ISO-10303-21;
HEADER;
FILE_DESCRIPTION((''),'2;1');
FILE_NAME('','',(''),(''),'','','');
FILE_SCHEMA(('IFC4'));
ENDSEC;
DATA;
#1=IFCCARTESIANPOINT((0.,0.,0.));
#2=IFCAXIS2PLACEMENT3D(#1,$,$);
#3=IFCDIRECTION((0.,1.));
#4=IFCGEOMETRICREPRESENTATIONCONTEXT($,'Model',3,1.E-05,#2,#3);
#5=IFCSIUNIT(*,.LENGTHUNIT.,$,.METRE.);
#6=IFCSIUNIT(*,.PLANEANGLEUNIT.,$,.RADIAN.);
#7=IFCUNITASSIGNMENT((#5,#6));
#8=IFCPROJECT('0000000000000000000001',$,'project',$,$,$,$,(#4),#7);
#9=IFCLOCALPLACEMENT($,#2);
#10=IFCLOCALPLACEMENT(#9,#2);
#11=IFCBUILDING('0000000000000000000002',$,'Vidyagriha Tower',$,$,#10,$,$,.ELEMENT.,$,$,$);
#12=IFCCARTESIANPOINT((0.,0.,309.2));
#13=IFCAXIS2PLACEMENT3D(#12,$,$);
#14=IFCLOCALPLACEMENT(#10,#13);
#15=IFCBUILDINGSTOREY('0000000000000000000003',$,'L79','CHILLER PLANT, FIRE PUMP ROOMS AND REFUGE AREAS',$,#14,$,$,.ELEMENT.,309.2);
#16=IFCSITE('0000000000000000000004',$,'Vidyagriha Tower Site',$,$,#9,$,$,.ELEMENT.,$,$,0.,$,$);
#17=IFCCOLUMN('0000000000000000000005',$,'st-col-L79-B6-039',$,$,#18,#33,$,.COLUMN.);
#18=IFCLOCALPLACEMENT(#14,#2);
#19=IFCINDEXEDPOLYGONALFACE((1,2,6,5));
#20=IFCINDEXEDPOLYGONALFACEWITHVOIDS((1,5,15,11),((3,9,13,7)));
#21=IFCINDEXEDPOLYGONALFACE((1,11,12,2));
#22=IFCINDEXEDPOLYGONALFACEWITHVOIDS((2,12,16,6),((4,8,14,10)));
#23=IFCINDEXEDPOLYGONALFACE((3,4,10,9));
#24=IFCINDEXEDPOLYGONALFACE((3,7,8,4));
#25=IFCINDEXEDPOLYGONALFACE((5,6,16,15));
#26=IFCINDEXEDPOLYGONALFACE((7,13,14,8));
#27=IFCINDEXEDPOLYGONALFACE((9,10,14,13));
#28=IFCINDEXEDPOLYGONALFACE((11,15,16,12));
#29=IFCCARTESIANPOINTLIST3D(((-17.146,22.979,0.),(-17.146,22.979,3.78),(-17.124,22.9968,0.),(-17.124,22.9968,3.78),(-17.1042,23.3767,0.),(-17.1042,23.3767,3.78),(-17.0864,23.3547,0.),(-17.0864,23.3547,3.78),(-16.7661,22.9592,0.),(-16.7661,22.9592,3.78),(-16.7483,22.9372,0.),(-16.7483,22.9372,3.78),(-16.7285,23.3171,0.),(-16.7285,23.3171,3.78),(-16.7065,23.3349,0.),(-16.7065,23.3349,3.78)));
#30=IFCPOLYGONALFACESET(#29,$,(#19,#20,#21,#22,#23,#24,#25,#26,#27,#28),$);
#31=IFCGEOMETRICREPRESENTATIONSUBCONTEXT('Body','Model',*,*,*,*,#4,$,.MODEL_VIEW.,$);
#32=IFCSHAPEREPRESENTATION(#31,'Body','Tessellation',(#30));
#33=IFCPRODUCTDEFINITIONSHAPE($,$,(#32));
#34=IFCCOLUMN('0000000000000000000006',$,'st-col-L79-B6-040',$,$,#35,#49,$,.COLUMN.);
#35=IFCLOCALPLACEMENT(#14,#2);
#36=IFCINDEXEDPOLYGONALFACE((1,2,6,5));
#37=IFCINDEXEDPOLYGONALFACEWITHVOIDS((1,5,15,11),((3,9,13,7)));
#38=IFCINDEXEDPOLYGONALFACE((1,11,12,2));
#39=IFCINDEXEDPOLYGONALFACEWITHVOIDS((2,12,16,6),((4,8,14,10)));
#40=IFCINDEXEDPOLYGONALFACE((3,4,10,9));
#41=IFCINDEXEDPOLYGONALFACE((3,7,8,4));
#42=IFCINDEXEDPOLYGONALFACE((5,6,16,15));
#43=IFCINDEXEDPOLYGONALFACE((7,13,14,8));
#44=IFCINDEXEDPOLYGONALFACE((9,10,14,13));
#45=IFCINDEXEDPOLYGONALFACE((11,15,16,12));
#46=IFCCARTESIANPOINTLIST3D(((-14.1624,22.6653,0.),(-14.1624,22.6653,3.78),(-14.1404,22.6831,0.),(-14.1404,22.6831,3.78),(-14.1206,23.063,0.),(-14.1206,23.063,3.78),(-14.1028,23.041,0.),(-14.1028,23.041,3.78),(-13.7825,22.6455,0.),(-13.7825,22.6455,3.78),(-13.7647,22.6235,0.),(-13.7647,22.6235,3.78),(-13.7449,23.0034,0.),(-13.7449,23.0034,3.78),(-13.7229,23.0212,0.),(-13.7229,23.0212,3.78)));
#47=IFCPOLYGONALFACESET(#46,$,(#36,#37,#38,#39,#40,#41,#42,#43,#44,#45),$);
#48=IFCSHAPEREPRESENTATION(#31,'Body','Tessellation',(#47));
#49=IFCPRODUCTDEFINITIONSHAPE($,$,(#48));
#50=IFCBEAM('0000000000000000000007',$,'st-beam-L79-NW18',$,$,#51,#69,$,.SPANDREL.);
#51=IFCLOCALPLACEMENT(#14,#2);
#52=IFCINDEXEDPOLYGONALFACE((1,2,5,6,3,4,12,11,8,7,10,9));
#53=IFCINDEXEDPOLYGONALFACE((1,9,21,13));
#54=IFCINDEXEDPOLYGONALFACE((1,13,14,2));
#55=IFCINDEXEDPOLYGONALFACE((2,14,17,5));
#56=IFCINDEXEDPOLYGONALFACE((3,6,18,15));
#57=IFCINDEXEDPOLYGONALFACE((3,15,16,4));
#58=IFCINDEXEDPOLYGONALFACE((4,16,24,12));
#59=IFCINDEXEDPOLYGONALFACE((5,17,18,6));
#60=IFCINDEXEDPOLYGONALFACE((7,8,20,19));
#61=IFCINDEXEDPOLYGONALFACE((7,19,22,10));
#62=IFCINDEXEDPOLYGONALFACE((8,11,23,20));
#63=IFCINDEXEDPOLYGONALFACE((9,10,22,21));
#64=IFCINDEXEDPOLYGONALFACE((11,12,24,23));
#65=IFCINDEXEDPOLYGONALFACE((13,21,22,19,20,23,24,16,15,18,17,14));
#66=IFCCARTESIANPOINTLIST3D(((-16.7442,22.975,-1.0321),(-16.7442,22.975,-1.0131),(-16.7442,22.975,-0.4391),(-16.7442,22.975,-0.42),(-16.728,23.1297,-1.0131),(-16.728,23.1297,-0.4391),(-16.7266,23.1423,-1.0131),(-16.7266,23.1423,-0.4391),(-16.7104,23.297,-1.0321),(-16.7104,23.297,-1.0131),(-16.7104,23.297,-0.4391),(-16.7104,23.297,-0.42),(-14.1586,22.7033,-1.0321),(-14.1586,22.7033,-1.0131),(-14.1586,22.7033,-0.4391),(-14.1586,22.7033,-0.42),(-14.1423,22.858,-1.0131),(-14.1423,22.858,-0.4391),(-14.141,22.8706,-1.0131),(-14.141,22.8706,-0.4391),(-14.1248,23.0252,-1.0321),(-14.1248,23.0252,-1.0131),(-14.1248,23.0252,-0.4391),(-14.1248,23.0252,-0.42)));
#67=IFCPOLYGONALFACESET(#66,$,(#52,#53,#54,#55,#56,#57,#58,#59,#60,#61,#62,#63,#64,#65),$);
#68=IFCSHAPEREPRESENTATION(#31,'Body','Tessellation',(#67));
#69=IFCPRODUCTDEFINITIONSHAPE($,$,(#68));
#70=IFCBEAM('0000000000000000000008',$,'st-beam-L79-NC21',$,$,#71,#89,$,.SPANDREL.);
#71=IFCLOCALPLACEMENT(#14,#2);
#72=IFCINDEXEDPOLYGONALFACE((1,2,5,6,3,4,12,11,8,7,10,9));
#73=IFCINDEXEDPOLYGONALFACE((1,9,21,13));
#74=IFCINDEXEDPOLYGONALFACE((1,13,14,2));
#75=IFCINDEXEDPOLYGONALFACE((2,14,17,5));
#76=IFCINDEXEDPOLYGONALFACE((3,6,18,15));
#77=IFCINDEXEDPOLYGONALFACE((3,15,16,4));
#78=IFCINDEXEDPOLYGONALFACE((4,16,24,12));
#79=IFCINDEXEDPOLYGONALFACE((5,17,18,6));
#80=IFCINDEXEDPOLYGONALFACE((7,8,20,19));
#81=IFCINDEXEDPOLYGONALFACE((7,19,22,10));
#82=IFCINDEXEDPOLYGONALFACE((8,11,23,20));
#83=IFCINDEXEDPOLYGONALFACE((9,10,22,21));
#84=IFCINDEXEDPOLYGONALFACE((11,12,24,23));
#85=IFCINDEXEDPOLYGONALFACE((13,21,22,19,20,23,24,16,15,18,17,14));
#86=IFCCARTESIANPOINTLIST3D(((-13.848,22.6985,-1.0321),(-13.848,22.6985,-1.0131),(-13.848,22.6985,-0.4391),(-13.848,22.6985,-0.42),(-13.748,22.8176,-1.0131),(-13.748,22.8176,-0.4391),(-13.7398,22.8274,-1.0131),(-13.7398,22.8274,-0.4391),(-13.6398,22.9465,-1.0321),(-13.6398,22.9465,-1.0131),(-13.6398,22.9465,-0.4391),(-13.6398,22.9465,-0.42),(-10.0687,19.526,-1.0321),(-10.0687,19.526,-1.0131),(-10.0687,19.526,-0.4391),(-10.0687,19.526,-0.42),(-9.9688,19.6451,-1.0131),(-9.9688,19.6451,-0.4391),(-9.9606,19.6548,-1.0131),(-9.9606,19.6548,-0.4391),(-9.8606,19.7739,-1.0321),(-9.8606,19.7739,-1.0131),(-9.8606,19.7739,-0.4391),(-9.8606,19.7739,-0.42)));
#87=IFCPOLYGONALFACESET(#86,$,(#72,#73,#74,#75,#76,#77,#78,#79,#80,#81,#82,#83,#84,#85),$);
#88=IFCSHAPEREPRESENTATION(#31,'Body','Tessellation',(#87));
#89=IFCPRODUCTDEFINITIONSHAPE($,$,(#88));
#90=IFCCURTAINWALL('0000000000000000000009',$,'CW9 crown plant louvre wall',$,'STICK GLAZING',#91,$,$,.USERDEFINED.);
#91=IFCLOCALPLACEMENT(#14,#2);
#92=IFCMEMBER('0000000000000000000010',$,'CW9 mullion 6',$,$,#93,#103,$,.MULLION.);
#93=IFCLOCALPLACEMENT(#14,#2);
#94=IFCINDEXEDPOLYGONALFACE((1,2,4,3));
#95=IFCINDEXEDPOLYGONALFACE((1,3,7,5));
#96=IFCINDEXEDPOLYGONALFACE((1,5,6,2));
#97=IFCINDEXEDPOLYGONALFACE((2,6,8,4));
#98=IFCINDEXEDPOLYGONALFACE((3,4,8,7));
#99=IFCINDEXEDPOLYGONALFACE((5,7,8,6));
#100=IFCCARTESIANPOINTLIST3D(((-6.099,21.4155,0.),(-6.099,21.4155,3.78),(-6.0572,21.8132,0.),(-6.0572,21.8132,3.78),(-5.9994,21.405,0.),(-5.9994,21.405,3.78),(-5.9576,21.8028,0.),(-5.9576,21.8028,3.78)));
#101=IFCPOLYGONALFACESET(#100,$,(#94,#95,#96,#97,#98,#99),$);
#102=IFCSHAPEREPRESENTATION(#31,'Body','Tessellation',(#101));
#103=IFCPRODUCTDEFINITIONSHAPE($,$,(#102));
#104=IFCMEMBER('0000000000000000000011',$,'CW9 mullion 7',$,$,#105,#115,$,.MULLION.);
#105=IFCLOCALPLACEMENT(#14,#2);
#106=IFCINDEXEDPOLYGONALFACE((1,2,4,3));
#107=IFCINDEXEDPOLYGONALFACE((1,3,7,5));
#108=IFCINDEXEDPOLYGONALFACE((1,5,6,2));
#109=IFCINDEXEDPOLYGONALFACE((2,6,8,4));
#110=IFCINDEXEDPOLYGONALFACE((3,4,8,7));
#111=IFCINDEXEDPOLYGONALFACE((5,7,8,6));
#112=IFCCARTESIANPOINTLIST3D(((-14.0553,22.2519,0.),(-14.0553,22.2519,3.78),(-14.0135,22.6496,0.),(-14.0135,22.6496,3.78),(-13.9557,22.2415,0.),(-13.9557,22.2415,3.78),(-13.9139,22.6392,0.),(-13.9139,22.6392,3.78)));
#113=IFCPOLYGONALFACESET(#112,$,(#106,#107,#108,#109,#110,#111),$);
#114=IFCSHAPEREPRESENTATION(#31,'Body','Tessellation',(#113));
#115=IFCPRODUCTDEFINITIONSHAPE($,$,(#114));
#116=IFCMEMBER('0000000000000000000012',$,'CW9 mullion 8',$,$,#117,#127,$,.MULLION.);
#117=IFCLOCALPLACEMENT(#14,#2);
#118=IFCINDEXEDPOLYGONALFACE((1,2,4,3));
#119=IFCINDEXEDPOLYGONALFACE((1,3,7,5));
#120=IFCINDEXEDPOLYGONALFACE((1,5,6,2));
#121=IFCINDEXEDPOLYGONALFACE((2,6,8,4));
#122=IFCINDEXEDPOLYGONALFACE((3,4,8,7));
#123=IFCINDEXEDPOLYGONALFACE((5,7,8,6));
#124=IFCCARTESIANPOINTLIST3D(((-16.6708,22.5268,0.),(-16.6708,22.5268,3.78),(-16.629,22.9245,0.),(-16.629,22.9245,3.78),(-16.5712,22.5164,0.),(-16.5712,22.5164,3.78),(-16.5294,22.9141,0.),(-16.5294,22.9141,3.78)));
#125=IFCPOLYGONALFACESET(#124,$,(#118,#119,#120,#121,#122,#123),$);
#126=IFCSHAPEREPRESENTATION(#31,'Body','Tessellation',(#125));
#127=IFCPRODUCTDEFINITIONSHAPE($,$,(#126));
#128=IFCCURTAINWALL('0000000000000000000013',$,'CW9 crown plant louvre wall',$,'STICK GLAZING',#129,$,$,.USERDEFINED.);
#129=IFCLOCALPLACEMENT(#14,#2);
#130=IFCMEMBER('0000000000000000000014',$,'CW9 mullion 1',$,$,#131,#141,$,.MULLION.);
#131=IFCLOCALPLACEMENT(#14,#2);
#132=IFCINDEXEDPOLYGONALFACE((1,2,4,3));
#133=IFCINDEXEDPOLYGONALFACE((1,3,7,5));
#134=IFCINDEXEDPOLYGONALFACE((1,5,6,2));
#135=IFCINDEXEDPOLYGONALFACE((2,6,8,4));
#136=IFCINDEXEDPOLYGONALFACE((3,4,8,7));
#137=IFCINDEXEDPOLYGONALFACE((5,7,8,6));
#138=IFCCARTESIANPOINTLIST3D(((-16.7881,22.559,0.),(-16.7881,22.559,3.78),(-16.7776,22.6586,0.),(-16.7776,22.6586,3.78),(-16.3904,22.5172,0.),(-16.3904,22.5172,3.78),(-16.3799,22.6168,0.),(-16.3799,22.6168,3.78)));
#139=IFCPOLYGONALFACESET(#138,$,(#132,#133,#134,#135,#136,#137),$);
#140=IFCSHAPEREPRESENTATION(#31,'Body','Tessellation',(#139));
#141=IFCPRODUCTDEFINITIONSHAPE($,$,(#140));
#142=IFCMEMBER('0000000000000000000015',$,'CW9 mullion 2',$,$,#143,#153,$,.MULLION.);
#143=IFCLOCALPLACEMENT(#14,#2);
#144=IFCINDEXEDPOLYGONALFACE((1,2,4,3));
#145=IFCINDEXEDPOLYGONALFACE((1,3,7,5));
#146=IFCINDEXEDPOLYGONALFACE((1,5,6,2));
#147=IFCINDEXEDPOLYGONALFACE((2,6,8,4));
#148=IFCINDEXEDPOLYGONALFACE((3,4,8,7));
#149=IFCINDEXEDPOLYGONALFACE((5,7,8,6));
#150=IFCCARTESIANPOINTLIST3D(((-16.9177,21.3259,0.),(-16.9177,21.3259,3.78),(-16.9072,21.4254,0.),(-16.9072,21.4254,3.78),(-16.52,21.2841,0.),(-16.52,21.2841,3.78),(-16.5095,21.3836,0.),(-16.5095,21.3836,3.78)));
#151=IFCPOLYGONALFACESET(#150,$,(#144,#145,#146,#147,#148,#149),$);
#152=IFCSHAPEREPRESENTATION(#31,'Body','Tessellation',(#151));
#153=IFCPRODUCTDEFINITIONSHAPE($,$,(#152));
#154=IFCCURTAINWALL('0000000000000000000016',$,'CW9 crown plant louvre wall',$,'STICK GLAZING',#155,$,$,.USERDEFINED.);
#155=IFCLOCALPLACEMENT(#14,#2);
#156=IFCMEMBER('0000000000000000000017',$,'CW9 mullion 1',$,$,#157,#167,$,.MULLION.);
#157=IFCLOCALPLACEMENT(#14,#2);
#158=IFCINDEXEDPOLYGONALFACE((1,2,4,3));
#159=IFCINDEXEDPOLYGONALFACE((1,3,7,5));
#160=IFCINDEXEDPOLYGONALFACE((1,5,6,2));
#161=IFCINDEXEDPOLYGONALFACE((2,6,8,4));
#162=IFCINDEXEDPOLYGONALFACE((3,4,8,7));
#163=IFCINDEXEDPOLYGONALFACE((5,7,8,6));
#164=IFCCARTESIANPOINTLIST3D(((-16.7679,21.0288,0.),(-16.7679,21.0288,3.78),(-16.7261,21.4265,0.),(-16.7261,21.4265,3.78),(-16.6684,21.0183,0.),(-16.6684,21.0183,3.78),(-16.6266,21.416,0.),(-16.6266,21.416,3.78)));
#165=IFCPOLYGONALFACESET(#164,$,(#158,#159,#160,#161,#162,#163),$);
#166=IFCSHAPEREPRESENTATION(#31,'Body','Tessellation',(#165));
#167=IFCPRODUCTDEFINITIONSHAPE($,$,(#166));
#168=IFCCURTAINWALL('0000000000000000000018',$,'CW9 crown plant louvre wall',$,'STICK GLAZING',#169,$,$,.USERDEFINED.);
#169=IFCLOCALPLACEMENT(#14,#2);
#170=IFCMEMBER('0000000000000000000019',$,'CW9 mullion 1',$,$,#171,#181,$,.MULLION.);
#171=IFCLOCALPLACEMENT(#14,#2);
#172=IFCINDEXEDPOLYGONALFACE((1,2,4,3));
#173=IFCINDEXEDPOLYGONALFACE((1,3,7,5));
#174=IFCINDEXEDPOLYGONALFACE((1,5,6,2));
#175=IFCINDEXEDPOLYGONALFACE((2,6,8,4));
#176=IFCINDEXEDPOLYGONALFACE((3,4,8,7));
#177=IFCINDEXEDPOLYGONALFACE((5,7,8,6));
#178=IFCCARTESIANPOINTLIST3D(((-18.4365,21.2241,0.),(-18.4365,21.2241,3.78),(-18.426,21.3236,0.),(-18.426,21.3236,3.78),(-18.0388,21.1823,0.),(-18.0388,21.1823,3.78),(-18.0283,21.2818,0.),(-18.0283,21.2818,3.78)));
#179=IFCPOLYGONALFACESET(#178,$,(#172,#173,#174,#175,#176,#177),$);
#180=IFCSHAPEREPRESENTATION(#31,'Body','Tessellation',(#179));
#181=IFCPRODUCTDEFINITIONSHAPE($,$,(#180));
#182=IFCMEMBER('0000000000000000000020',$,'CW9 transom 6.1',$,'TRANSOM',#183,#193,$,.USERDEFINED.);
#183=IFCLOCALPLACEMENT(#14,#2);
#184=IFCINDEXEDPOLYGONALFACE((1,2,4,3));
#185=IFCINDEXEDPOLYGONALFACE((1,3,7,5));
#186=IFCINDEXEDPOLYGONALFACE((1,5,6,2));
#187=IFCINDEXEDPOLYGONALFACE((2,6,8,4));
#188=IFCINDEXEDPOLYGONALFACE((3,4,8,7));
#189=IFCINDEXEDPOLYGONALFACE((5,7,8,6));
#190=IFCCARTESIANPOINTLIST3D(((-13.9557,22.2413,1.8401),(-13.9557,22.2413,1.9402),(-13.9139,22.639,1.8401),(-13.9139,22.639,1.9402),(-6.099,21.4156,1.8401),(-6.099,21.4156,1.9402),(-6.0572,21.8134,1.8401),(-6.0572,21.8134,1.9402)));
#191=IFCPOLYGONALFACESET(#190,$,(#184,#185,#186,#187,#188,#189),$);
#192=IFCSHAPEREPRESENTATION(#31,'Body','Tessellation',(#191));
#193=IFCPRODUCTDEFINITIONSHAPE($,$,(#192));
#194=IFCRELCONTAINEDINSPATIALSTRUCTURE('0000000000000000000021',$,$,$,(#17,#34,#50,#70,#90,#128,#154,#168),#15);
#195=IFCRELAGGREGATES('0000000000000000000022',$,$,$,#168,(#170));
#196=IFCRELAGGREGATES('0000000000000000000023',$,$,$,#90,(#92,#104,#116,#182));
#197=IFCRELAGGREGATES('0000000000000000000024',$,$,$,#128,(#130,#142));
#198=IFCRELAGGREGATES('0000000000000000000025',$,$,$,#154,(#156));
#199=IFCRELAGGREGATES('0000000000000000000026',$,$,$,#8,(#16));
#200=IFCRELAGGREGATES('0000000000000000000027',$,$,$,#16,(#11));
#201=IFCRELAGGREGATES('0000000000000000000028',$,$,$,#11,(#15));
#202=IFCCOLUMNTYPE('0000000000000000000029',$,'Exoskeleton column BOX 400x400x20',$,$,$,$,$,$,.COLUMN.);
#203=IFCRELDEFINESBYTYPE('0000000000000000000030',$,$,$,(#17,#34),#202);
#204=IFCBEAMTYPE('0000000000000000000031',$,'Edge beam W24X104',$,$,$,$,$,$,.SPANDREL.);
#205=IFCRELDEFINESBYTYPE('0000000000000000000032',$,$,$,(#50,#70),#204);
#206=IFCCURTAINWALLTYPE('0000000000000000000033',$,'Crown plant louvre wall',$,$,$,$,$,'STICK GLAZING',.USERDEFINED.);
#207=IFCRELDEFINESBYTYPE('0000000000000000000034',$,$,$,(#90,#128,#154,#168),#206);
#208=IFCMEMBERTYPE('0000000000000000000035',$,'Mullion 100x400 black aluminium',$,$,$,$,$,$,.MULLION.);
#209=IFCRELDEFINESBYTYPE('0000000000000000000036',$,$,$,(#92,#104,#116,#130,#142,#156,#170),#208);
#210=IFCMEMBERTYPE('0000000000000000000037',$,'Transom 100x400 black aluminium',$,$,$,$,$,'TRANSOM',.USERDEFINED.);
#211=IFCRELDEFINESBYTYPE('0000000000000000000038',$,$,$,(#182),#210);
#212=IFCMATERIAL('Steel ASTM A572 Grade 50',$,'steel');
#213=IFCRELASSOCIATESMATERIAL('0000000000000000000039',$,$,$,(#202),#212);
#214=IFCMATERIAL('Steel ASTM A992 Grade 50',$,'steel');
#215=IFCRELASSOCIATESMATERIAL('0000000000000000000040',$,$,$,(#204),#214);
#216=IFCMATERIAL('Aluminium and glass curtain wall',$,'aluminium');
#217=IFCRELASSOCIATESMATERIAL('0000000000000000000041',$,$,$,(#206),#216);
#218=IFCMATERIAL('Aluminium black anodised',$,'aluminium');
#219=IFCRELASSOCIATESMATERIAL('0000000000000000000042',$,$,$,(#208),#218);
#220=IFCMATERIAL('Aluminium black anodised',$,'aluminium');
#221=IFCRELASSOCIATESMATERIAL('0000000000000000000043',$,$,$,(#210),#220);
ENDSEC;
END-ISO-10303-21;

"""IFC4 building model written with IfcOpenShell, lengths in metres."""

from ifc_helpers import new_model, si_unit, direction, frame, origin, origin_2d, place, context, subcontext, project, spatial, rectangle, hollow_rectangle, i_section, extrude, material, material_profile, profile_set, type_object, element, aggregate, save


model = new_model("IFC4")

# Units and contexts
model_context = context("Model", 3, precision=1e-05, world=origin(), true_north=direction((0.0, 1.0)))
body_context = subcontext(model_context, "Body", "Model", "MODEL_VIEW")
ifc_project = project(units=[si_unit("LENGTHUNIT", "METRE"), si_unit("PLANEANGLEUNIT", "RADIAN")], contexts=[model_context])

# Site, building, storey
site_placement = place(None, origin())
site = spatial("IfcSite", under=ifc_project, at=site_placement, Name="Vidyagriha Tower Site", CompositionType="ELEMENT", RefElevation=0.0)
building_placement = place(site_placement, origin())
building = spatial("IfcBuilding", under=site, at=building_placement, Name="Vidyagriha Tower", CompositionType="ELEMENT")
storey_placement = place(building_placement, frame((0.0, 0.0, 309.2)))
storey = spatial("IfcBuildingStorey", under=building, at=storey_placement, Name="L79", Description="CHILLER PLANT, FIRE PUMP ROOMS AND REFUGE AREAS", CompositionType="ELEMENT", Elevation=309.2)

# Columns
ifc_material_1 = material(Name="Steel ASTM A572 Grade 50", Category="steel")
ifc_material_profile_1 = material_profile(ifc_material_1, hollow_rectangle(XDim=0.3999, YDim=0.3999, WallThickness=0.02, at=origin_2d()), Name="BOX 400x400x20")
ifc_profile_set_1 = profile_set([ifc_material_profile_1], Name="Steel ASTM A572 Grade 50")
column_type = type_object("IfcColumnType", Name="Exoskeleton column BOX 400x400x20", PredefinedType="COLUMN", material=ifc_profile_set_1)
for number, where, z_axis, x_axis, name in (
    (1, (-16.9263, 23.157, 0.0), (0.0, 0.0, 1.0), (0.994522, -0.104528, 0.0), "st-col-L79-B6-039"),
    (2, (-13.9426, 22.8433, 0.0), (0.0, 0.0, 1.0), (0.994522, -0.104528, 0.0), "st-col-L79-B6-040"),
):
    element("IfcColumn", number, at=place(storey_placement, frame(where, z_axis=z_axis, x_axis=x_axis)), inside=storey, type_object=column_type, Name=name, PredefinedType="COLUMN", context=body_context, shape_type="SweptSolid", body=[
        extrude(hollow_rectangle(XDim=0.3999, YDim=0.3999, WallThickness=0.02, at=origin_2d()), origin(), (0.0, 0.0, 1.0), 3.78),
    ])

# Beams
ifc_material_2 = material(Name="Steel ASTM A992 Grade 50", Category="steel")
ifc_material_profile_2 = material_profile(ifc_material_2, i_section(OverallWidth=0.3237, OverallDepth=0.6121, WebThickness=0.0127, FlangeThickness=0.019, at=origin_2d()), Name="W24X104")
ifc_profile_set_2 = profile_set([ifc_material_profile_2], Name="Steel ASTM A992 Grade 50")
beam_type = type_object("IfcBeamType", Name="Edge beam W24X104", PredefinedType="SPANDREL", material=ifc_profile_set_2)
beam_1_placement = place(storey_placement, frame((-16.7273, 23.136, -0.7261), z_axis=(0.994523, -0.104514, 0.0), x_axis=(0.104514, 0.994523, 0.0)))
element("IfcBeam", 3, at=beam_1_placement, inside=storey, type_object=beam_type, Name="st-beam-L79-NW18", PredefinedType="SPANDREL", context=body_context, shape_type="SweptSolid", body=[
    extrude(i_section(OverallWidth=0.3237, OverallDepth=0.6121, WebThickness=0.0127, FlangeThickness=0.019, at=origin_2d()), origin(), (0.0, 0.0, 1.0), 2.5999),
])
beam_2_placement = place(storey_placement, frame((-13.7439, 22.8225, -0.7261), z_axis=(0.765905, -0.642954, 0.0), x_axis=(0.642954, 0.765905, 0.0)))
element("IfcBeam", 4, at=beam_2_placement, inside=storey, type_object=beam_type, Name="st-beam-L79-NC21", PredefinedType="SPANDREL", context=body_context, shape_type="SweptSolid", body=[
    extrude(i_section(OverallWidth=0.3237, OverallDepth=0.6121, WebThickness=0.0127, FlangeThickness=0.019, at=origin_2d()), origin(), (0.0, 0.0, 1.0), 4.9343),
])

# Curtain walls, members
ifc_material_3 = material(Name="Aluminium and glass curtain wall", Category="aluminium")
curtain_wall_type = type_object("IfcCurtainWallType", Name="Crown plant louvre wall", ElementType="STICK GLAZING", PredefinedType="USERDEFINED", material=ifc_material_3)
curtain_wall_1_placement = place(storey_placement, origin())
curtain_wall_1 = element("IfcCurtainWall", 5, at=curtain_wall_1_placement, inside=storey, type_object=curtain_wall_type, Name="CW9 crown plant louvre wall", ObjectType="STICK GLAZING", PredefinedType="USERDEFINED")
ifc_material_4 = material(Name="Aluminium black anodised", Category="aluminium")
ifc_material_profile_3 = material_profile(ifc_material_4, rectangle(XDim=0.3999, YDim=0.1001, at=origin_2d()), Name="Mullion 100x400 black aluminium")
ifc_profile_set_3 = profile_set([ifc_material_profile_3], Name="Aluminium black anodised")
member_type_1 = type_object("IfcMemberType", Name="Mullion 100x400 black aluminium", PredefinedType="MULLION", material=ifc_profile_set_3)
member_1_placement = place(storey_placement, frame((-6.0283, 21.6091, 0.0), z_axis=(0.0, 0.0, 1.0), x_axis=(-0.104528, -0.994522, 0.0)))
member_1 = element("IfcMember", 6, at=member_1_placement, type_object=member_type_1, Name="CW9 mullion 6", PredefinedType="MULLION", context=body_context, shape_type="SweptSolid", body=[
    extrude(rectangle(XDim=0.3999, YDim=0.1001, at=origin_2d()), origin(), (0.0, 0.0, 1.0), 3.78),
])
member_2_placement = place(storey_placement, frame((-13.9846, 22.4456, 0.0), z_axis=(0.0, 0.0, 1.0), x_axis=(-0.104528, -0.994522, 0.0)))
member_2 = element("IfcMember", 7, at=member_2_placement, type_object=member_type_1, Name="CW9 mullion 7", PredefinedType="MULLION", context=body_context, shape_type="SweptSolid", body=[
    extrude(rectangle(XDim=0.3999, YDim=0.1001, at=origin_2d()), origin(), (0.0, 0.0, 1.0), 3.78),
])
member_3_placement = place(storey_placement, frame((-16.6001, 22.7205, 0.0), z_axis=(0.0, 0.0, 1.0), x_axis=(-0.104528, -0.994522, 0.0)))
member_3 = element("IfcMember", 8, at=member_3_placement, type_object=member_type_1, Name="CW9 mullion 8", PredefinedType="MULLION", context=body_context, shape_type="SweptSolid", body=[
    extrude(rectangle(XDim=0.3999, YDim=0.1001, at=origin_2d()), origin(), (0.0, 0.0, 1.0), 3.78),
])
curtain_wall_2_placement = place(storey_placement, origin())
curtain_wall_2 = element("IfcCurtainWall", 9, at=curtain_wall_2_placement, inside=storey, type_object=curtain_wall_type, Name="CW9 crown plant louvre wall", ObjectType="STICK GLAZING", PredefinedType="USERDEFINED")
member_4_placement = place(storey_placement, frame((-16.584, 22.5879, 0.0), z_axis=(0.0, 0.0, 1.0), x_axis=(0.99452, -0.104549, 0.0)))
member_4 = element("IfcMember", 10, at=member_4_placement, type_object=member_type_1, Name="CW9 mullion 1", PredefinedType="MULLION", context=body_context, shape_type="SweptSolid", body=[
    extrude(rectangle(XDim=0.3999, YDim=0.1001, at=origin_2d()), origin(), (0.0, 0.0, 1.0), 3.78),
])
member_5_placement = place(storey_placement, frame((-16.7136, 21.3547, 0.0), z_axis=(0.0, 0.0, 1.0), x_axis=(0.99452, -0.104549, 0.0)))
member_5 = element("IfcMember", 11, at=member_5_placement, type_object=member_type_1, Name="CW9 mullion 2", PredefinedType="MULLION", context=body_context, shape_type="SweptSolid", body=[
    extrude(rectangle(XDim=0.3999, YDim=0.1001, at=origin_2d()), origin(), (0.0, 0.0, 1.0), 3.78),
])

# Curtain walls, members
curtain_wall_3_placement = place(storey_placement, origin())
curtain_wall_3 = element("IfcCurtainWall", 12, at=curtain_wall_3_placement, inside=storey, type_object=curtain_wall_type, Name="CW9 crown plant louvre wall", ObjectType="STICK GLAZING", PredefinedType="USERDEFINED")
member_6_placement = place(storey_placement, frame((-16.6973, 21.2224, 0.0), z_axis=(0.0, 0.0, 1.0), x_axis=(-0.104519, -0.994523, 0.0)))
member_6 = element("IfcMember", 13, at=member_6_placement, type_object=member_type_1, Name="CW9 mullion 1", PredefinedType="MULLION", context=body_context, shape_type="SweptSolid", body=[
    extrude(rectangle(XDim=0.3999, YDim=0.1001, at=origin_2d()), origin(), (0.0, 0.0, 1.0), 3.78),
])
curtain_wall_4_placement = place(storey_placement, origin())
curtain_wall_4 = element("IfcCurtainWall", 14, at=curtain_wall_4_placement, inside=storey, type_object=curtain_wall_type, Name="CW9 crown plant louvre wall", ObjectType="STICK GLAZING", PredefinedType="USERDEFINED")
member_7_placement = place(storey_placement, frame((-18.2324, 21.2529, 0.0), z_axis=(0.0, 0.0, 1.0), x_axis=(0.99452, -0.104549, 0.0)))
member_7 = element("IfcMember", 15, at=member_7_placement, type_object=member_type_1, Name="CW9 mullion 1", PredefinedType="MULLION", context=body_context, shape_type="SweptSolid", body=[
    extrude(rectangle(XDim=0.3999, YDim=0.1001, at=origin_2d()), origin(), (0.0, 0.0, 1.0), 3.78),
])
aggregate(curtain_wall_4, [member_7])

# Member
ifc_material_5 = material(Name="Aluminium black anodised", Category="aluminium")
ifc_material_profile_4 = material_profile(ifc_material_5, rectangle(XDim=0.3999, YDim=0.1001, at=origin_2d()), Name="Transom 100x400 black aluminium")
ifc_profile_set_4 = profile_set([ifc_material_profile_4], Name="Aluminium black anodised")
member_type_2 = type_object("IfcMemberType", Name="Transom 100x400 black aluminium", ElementType="TRANSOM", PredefinedType="USERDEFINED", material=ifc_profile_set_4)
member_8_placement = place(storey_placement, frame((-6.0781, 21.6145, 1.8901), z_axis=(-0.994523, 0.104517, 0.0), x_axis=(-0.104517, -0.994523, 0.0)))
member_8 = element("IfcMember", 16, at=member_8_placement, type_object=member_type_2, Name="CW9 transom 6.1", ObjectType="TRANSOM", PredefinedType="USERDEFINED", context=body_context, shape_type="SweptSolid", body=[
    extrude(rectangle(XDim=0.3999, YDim=0.1001, at=origin_2d()), origin(), (0.0, 0.0, 1.0), 7.8999),
])

aggregate(curtain_wall_1, [member_1, member_2, member_3, member_8])
aggregate(curtain_wall_2, [member_4, member_5])
aggregate(curtain_wall_3, [member_6])

save(model, "model.ifc")
